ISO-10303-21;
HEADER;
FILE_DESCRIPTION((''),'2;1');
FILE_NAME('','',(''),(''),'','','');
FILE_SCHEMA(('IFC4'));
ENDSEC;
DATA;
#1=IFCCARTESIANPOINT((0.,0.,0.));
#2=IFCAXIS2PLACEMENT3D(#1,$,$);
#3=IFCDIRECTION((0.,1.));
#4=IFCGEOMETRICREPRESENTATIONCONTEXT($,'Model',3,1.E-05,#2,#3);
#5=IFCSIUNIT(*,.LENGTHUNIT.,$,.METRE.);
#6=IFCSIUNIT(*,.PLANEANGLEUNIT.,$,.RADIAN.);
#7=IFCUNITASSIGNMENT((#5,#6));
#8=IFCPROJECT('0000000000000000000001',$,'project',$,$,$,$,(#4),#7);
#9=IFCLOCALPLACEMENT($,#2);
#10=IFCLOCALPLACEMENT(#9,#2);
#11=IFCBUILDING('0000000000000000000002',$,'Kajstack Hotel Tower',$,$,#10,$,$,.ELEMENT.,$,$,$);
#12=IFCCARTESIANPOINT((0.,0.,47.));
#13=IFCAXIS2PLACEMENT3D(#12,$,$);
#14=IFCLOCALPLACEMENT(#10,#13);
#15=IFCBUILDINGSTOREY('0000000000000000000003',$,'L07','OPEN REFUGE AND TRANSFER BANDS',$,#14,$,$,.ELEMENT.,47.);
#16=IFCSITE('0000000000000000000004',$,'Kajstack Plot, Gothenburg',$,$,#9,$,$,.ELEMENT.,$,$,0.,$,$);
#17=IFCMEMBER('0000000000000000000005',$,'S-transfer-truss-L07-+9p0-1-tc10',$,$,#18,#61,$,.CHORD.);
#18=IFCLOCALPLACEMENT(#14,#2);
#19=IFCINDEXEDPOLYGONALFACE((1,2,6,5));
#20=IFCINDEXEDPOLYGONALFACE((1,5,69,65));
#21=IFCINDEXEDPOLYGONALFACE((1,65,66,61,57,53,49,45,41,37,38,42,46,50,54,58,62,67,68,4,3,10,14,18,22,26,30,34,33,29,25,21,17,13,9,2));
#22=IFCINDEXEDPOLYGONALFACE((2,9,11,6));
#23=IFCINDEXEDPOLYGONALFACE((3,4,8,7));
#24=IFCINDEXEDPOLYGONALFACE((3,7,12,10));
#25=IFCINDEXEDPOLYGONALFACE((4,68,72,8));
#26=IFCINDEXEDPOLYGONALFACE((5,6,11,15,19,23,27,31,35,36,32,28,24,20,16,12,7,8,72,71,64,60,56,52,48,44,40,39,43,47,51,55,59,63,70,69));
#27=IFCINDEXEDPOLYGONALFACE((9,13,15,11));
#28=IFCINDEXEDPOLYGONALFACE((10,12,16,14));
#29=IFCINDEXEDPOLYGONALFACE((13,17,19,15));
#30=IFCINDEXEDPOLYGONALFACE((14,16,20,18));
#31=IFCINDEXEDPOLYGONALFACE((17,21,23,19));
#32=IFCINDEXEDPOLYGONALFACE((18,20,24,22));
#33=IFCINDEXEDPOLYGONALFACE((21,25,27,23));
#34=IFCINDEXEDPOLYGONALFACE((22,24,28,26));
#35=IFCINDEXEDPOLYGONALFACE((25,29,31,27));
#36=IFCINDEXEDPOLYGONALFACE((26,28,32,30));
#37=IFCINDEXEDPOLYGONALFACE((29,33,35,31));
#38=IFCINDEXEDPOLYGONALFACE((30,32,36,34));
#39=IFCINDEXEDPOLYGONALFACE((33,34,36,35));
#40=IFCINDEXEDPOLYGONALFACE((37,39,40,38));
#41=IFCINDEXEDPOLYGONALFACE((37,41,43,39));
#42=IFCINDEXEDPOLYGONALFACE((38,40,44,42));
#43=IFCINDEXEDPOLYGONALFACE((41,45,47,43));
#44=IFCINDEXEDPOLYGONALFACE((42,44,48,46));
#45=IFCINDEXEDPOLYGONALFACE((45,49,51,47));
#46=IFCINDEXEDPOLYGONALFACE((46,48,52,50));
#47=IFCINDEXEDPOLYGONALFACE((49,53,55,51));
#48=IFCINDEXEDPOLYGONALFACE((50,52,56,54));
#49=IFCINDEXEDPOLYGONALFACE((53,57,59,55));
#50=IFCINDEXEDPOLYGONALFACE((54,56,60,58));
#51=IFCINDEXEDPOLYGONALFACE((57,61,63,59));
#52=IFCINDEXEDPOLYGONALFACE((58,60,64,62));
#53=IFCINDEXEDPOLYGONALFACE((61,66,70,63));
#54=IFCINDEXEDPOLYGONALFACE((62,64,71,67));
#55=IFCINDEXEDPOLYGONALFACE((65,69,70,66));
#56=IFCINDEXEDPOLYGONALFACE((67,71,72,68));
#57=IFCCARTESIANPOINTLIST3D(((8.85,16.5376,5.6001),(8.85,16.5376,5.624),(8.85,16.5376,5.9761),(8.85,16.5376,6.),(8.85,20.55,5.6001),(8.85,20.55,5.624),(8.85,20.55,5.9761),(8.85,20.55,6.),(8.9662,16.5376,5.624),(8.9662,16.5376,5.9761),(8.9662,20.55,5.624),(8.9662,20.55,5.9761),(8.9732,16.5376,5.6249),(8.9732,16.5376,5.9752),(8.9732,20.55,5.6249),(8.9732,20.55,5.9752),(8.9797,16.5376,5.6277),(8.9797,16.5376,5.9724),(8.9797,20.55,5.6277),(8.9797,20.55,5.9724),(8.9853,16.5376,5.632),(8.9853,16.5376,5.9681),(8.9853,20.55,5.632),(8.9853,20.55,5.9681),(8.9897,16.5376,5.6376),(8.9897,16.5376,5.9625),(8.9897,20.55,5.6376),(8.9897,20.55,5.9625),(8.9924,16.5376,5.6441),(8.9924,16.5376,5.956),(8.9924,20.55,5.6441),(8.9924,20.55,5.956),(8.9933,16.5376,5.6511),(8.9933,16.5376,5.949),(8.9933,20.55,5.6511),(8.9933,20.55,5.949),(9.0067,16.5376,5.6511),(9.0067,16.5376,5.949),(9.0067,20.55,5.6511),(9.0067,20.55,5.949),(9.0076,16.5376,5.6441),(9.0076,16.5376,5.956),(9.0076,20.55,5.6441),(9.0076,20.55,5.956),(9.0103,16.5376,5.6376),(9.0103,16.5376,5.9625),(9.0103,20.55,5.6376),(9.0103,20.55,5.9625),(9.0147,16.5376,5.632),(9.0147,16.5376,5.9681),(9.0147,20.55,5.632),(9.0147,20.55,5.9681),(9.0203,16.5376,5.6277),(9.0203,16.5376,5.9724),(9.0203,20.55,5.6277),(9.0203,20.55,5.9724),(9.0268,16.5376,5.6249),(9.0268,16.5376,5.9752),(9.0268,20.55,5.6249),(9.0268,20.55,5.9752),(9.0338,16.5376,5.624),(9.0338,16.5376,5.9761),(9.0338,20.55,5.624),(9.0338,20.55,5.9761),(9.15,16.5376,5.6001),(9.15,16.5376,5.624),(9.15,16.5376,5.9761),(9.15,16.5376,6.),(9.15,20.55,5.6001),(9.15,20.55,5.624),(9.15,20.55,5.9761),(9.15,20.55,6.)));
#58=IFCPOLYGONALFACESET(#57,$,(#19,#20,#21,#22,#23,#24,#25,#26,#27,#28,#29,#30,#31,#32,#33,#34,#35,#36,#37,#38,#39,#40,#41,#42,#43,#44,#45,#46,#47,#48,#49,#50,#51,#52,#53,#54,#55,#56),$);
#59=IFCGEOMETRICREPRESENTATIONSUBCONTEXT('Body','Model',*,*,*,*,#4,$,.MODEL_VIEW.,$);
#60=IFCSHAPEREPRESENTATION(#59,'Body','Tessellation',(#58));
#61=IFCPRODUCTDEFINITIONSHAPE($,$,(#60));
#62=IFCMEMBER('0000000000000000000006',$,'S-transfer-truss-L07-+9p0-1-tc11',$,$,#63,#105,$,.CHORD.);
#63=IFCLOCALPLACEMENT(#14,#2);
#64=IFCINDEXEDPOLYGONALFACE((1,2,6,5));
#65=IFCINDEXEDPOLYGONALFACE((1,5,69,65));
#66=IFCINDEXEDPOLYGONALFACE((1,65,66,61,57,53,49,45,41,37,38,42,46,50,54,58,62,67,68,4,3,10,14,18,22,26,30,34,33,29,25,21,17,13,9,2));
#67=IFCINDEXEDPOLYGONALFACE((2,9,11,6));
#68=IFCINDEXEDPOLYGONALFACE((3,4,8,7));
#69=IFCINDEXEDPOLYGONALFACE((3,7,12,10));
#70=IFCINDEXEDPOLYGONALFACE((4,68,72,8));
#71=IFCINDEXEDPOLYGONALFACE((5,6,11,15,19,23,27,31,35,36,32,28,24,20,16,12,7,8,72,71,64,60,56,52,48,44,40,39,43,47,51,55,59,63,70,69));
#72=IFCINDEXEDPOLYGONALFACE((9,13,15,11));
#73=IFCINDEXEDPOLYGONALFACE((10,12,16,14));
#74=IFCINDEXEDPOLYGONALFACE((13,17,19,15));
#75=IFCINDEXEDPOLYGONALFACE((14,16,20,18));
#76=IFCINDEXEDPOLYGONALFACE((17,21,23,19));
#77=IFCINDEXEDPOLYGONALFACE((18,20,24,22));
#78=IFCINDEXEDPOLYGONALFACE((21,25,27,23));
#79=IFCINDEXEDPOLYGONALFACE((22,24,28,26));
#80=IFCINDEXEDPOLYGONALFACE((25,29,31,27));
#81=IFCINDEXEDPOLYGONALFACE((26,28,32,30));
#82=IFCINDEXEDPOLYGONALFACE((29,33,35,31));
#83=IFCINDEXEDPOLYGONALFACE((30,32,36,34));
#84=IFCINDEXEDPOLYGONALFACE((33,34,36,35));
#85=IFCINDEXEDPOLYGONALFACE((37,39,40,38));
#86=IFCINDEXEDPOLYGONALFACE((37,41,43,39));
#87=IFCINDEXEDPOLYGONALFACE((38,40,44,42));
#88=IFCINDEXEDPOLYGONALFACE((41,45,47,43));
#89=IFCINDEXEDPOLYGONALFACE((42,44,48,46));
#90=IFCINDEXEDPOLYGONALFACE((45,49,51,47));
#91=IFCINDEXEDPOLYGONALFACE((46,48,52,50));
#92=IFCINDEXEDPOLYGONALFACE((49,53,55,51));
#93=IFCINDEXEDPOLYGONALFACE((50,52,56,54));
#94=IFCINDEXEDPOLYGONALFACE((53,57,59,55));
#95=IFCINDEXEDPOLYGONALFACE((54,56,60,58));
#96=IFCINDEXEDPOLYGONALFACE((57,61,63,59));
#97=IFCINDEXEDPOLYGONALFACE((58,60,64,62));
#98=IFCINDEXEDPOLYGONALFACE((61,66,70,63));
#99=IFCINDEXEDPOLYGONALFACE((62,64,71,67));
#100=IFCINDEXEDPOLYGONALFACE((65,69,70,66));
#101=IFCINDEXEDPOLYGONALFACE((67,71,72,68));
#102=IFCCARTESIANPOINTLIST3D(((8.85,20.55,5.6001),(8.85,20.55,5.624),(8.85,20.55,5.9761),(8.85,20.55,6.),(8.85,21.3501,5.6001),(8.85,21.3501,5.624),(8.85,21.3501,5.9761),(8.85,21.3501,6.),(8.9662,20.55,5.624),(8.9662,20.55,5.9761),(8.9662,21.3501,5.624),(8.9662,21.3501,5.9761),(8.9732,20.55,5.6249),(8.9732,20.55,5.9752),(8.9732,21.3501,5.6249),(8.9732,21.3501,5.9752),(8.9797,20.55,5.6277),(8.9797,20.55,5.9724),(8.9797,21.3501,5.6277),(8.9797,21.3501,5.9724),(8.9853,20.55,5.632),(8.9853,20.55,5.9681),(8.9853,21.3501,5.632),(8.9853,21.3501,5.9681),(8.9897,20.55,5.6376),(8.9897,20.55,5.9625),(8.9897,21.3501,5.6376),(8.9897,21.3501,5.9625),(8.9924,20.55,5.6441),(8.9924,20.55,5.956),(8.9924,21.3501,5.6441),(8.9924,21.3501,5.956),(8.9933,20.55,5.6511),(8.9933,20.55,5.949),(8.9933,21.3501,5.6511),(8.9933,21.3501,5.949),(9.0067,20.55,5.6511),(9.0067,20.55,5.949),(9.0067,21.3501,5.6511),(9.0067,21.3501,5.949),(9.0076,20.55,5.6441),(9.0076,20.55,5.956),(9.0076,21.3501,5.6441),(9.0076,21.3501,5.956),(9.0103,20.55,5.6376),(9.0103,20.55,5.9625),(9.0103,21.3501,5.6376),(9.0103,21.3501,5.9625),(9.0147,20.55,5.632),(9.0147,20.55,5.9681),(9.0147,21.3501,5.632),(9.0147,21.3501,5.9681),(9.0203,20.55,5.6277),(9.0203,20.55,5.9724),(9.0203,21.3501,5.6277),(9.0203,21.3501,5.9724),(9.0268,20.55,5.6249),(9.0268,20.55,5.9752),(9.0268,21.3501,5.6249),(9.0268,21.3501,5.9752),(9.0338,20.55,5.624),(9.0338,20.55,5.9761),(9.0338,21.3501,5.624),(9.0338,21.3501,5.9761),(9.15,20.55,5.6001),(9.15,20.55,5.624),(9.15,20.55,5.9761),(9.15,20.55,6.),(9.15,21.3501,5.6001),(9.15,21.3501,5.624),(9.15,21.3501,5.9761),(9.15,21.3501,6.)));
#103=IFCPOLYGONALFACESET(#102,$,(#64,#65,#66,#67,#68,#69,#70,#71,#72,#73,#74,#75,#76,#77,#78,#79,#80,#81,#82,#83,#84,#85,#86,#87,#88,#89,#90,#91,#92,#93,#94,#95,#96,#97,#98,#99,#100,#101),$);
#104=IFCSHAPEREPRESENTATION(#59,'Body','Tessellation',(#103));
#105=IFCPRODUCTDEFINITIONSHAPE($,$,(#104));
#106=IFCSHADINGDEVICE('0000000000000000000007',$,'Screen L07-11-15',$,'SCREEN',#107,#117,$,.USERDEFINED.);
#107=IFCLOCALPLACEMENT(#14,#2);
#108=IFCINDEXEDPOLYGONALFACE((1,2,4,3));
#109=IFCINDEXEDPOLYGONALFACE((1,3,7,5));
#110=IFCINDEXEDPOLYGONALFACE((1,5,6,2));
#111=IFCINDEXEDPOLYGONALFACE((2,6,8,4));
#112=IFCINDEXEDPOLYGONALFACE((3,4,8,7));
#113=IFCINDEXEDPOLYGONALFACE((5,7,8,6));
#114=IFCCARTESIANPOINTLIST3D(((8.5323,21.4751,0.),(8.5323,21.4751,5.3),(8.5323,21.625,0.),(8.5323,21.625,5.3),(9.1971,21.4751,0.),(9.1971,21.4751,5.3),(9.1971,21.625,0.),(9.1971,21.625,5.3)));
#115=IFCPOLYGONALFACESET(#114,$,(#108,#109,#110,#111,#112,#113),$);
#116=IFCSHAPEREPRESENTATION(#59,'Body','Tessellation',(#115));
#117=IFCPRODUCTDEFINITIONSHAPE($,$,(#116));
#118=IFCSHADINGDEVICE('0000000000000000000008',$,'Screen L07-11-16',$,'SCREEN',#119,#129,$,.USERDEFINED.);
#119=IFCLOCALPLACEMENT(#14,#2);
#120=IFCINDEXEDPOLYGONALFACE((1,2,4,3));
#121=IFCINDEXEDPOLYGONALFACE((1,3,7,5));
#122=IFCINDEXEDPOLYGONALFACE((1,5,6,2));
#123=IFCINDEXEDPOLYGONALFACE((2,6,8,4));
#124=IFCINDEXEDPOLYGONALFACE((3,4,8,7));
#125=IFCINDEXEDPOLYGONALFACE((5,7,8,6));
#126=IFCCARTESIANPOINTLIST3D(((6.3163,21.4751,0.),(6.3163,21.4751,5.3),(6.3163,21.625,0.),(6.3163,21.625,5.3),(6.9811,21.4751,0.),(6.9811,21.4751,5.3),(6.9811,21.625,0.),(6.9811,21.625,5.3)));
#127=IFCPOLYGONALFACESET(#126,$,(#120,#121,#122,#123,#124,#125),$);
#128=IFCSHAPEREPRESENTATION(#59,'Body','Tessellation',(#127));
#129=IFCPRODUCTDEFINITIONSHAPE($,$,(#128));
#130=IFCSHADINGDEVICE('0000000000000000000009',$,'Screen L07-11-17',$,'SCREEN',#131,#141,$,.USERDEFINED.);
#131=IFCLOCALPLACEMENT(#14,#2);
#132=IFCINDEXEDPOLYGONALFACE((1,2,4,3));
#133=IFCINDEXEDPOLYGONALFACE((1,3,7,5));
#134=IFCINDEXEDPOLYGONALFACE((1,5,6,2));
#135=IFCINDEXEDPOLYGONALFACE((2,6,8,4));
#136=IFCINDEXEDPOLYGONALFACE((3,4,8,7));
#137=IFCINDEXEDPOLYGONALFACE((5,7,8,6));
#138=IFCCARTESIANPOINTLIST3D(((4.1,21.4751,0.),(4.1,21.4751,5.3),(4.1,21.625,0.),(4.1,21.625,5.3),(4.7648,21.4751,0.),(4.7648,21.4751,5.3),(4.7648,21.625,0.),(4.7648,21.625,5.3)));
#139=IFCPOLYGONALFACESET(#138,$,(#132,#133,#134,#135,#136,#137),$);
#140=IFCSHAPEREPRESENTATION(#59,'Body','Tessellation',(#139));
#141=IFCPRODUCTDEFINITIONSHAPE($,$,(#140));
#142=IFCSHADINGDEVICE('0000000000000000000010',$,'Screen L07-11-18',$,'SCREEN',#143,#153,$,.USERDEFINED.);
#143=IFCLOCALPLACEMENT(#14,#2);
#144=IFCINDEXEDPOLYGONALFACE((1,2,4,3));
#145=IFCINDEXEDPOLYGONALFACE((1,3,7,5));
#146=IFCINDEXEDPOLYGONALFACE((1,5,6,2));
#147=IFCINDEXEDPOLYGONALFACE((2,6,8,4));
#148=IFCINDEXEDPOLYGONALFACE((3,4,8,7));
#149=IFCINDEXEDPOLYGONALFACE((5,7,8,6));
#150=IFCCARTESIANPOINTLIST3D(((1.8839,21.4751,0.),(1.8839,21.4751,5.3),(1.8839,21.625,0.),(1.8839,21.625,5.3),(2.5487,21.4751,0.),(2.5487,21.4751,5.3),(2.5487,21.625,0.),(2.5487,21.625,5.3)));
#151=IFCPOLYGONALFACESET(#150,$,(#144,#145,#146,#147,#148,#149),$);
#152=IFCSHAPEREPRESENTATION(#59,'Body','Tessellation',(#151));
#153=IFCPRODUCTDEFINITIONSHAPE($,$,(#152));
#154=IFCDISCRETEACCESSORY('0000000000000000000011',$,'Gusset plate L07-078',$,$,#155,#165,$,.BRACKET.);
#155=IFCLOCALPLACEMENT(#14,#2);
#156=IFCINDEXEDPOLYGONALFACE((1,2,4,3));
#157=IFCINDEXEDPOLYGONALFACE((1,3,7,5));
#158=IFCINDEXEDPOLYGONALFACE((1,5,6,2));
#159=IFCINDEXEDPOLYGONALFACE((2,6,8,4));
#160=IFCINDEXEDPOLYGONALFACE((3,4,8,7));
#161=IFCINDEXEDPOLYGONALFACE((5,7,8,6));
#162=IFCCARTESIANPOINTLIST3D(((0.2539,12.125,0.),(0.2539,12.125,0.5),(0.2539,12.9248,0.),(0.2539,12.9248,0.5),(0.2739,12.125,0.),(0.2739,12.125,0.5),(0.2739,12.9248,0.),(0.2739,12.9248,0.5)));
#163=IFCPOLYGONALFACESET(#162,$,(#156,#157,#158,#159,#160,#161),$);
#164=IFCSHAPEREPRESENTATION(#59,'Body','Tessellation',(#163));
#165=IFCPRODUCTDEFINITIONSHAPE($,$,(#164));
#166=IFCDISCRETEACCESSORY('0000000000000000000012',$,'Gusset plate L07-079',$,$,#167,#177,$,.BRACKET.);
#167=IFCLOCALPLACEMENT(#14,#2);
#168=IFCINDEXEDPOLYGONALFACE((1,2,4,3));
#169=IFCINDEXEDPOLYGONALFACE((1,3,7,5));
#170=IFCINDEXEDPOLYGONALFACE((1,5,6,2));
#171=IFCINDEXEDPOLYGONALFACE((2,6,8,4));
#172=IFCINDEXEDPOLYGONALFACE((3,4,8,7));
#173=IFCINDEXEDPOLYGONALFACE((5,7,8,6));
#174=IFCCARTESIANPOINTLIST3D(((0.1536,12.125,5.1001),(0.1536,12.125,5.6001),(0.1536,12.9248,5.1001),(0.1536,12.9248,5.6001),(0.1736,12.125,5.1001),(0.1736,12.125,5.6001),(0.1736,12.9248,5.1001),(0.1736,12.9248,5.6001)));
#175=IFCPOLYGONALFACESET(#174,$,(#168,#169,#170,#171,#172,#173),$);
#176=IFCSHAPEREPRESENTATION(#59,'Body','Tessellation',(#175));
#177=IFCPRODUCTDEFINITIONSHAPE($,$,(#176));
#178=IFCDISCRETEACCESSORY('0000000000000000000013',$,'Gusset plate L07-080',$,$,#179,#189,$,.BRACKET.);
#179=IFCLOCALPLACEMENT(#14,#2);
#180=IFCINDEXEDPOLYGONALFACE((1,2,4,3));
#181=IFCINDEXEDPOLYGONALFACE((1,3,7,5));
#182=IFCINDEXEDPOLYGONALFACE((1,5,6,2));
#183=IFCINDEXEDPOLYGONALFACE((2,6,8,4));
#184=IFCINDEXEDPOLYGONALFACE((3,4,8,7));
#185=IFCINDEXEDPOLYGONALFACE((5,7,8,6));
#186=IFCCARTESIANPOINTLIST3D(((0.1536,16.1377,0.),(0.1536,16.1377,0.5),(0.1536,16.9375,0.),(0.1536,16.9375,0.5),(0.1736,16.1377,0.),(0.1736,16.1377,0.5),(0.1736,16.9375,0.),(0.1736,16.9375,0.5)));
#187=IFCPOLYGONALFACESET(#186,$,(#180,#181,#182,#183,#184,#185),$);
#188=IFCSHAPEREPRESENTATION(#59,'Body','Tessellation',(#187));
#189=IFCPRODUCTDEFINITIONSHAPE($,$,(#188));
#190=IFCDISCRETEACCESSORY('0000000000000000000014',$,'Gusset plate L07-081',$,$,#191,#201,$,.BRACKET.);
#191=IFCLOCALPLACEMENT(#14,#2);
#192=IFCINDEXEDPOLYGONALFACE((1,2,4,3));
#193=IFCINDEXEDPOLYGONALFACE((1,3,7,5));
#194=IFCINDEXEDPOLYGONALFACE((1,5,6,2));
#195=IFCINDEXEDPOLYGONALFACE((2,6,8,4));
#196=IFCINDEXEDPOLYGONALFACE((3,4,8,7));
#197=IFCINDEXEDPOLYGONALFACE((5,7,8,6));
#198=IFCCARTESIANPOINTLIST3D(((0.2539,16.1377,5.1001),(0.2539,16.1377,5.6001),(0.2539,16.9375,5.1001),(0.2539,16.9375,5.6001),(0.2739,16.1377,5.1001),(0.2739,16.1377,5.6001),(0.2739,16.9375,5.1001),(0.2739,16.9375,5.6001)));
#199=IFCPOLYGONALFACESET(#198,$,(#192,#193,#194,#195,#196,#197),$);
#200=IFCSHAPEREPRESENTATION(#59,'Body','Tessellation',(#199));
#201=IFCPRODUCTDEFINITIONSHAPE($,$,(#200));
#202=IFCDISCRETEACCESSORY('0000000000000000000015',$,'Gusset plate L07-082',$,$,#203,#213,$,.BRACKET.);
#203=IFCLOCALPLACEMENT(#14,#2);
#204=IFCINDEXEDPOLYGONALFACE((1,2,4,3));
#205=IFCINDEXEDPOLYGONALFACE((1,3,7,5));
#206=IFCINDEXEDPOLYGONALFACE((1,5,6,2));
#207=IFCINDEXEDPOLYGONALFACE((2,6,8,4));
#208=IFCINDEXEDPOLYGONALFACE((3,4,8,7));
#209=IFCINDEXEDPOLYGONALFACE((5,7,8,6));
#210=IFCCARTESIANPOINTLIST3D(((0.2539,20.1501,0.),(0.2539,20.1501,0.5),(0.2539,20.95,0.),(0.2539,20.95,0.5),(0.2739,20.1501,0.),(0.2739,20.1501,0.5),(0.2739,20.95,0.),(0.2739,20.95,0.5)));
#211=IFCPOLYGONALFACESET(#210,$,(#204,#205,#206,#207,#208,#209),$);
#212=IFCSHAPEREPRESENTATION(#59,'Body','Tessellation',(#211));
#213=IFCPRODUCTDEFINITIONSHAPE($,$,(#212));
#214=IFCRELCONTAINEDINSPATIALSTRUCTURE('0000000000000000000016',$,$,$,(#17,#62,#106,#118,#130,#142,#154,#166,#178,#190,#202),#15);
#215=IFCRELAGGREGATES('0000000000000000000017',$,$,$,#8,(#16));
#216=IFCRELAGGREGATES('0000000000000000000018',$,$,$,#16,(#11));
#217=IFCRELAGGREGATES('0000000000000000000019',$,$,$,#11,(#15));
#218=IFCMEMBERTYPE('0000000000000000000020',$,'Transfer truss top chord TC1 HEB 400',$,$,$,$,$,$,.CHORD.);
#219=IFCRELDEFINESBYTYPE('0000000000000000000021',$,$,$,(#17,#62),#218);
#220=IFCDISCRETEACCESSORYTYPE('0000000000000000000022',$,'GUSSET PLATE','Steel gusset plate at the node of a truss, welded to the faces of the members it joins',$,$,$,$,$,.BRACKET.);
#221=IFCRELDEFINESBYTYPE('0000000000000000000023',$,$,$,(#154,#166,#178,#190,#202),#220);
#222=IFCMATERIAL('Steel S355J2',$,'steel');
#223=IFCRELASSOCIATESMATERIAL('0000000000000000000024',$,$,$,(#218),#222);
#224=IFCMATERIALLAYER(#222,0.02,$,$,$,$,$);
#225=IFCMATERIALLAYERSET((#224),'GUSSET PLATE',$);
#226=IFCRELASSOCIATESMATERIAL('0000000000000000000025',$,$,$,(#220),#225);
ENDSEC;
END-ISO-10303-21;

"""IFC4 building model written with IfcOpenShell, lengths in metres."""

from ifc_helpers import new_model, si_unit, direction, frame, origin, origin_2d, place, context, subcontext, project, spatial, polyline, rectangle, i_section, outline, extrude, material, layer, layer_set, material_profile, profile_set, type_object, element, save


model = new_model("IFC4")

# Units and contexts
model_context = context("Model", 3, precision=1e-05, world=origin(), true_north=direction((0.0, 1.0)))
body_context = subcontext(model_context, "Body", "Model", "MODEL_VIEW")
ifc_project = project(units=[si_unit("LENGTHUNIT", "METRE"), si_unit("PLANEANGLEUNIT", "RADIAN")], contexts=[model_context])

# Site, building, storey
site_placement = place(None, origin())
site = spatial("IfcSite", under=ifc_project, at=site_placement, Name="Kajstack Plot, Gothenburg", CompositionType="ELEMENT", RefElevation=0.0)
building_placement = place(site_placement, origin())
building = spatial("IfcBuilding", under=site, at=building_placement, Name="Kajstack Hotel Tower", CompositionType="ELEMENT")
storey_placement = place(building_placement, frame((0.0, 0.0, 47.0)))
storey = spatial("IfcBuildingStorey", under=building, at=storey_placement, Name="L07", Description="OPEN REFUGE AND TRANSFER BANDS", CompositionType="ELEMENT", Elevation=47.0)

# Members
ifc_material = material(Name="Steel S355J2", Category="steel")
ifc_material_profile_1 = material_profile(ifc_material, i_section(OverallWidth=0.3, OverallDepth=0.3999, WebThickness=0.0134, FlangeThickness=0.0239, FilletRadius=0.0271, at=origin_2d()), Name="HEB 400")
ifc_profile_set_1 = profile_set([ifc_material_profile_1], Name="Steel S355J2")
member_type_1 = type_object("IfcMemberType", Name="Transfer truss top chord TC1 HEB 400", PredefinedType="CHORD", material=ifc_profile_set_1)
member_1_placement = place(storey_placement, frame((9.0, 16.5376, 5.8), z_axis=(0.0, 1.0, 0.0), x_axis=(-1.0, 0.0, 0.0)))
element("IfcMember", 1, at=member_1_placement, inside=storey, type_object=member_type_1, Name="S-transfer-truss-L07-+9p0-1-tc10", PredefinedType="CHORD", context=body_context, shape_type="SweptSolid", body=[
    extrude(i_section(OverallWidth=0.3, OverallDepth=0.3999, WebThickness=0.0134, FlangeThickness=0.0239, FilletRadius=0.0271, at=origin_2d()), origin(), (0.0, 0.0, 1.0), 4.0125),
])
member_2_placement = place(storey_placement, frame((9.0, 20.55, 5.8), z_axis=(0.0, 1.0, 0.0), x_axis=(-1.0, 0.0, 0.0)))
element("IfcMember", 2, at=member_2_placement, inside=storey, type_object=member_type_1, Name="S-transfer-truss-L07-+9p0-1-tc11", PredefinedType="CHORD", context=body_context, shape_type="SweptSolid", body=[
    extrude(i_section(OverallWidth=0.3, OverallDepth=0.3999, WebThickness=0.0134, FlangeThickness=0.0239, FilletRadius=0.0271, at=origin_2d()), origin(), (0.0, 0.0, 1.0), 0.8),
])

# Shading devices
for number, where, z_axis, x_axis, name in (
    (3, (8.8647, 21.55, 0.0), (0.0, 0.0, 1.0), (-1.0, 0.0, 0.0), "Screen L07-11-15"),
    (4, (6.6487, 21.55, 0.0), (0.0, 0.0, 1.0), (-1.0, 0.0, 0.0), "Screen L07-11-16"),
    (5, (4.4324, 21.55, 0.0), (0.0, 0.0, 1.0), (-1.0, 0.0, 0.0), "Screen L07-11-17"),
    (6, (2.2163, 21.55, 0.0), (0.0, 0.0, 1.0), (-1.0, 0.0, 0.0), "Screen L07-11-18"),
):
    element("IfcShadingDevice", number, at=place(storey_placement, frame(where, z_axis=z_axis, x_axis=x_axis)), inside=storey, Name=name, ObjectType="SCREEN", PredefinedType="USERDEFINED", context=body_context, shape_type="SweptSolid", body=[
        extrude(rectangle(XDim=0.6648, YDim=0.1499, at=origin_2d()), origin(), (0.0, 0.0, 1.0), 5.3),
    ])

# Discrete accessories
ifc_layer = layer(ifc_material, 0.02)
ifc_layer_set = layer_set([ifc_layer], Name="GUSSET PLATE")
discrete_accessory_type = type_object("IfcDiscreteAccessoryType", Name="GUSSET PLATE", Description="Steel gusset plate at the node of a truss, welded to the faces of the members it joins", PredefinedType="BRACKET", material=ifc_layer_set)
for number, where, z_axis, x_axis, name in (
    (7, (0.2539, 12.5249, 0.0), (1.0, 0.0, 0.0), (0.0, 1.0, 0.0), "Gusset plate L07-078"),
    (8, (0.1536, 12.5249, 5.1001), (1.0, 0.0, 0.0), (0.0, 1.0, 0.0), "Gusset plate L07-079"),
    (9, (0.1536, 16.5376, 0.0), (1.0, 0.0, 0.0), (0.0, 1.0, 0.0), "Gusset plate L07-080"),
    (10, (0.2539, 16.5376, 5.1001), (1.0, 0.0, 0.0), (0.0, 1.0, 0.0), "Gusset plate L07-081"),
    (11, (0.2539, 20.55, 0.0), (1.0, 0.0, 0.0), (0.0, 1.0, 0.0), "Gusset plate L07-082"),
):
    element("IfcDiscreteAccessory", number, at=place(storey_placement, frame(where, z_axis=z_axis, x_axis=x_axis)), inside=storey, type_object=discrete_accessory_type, Name=name, PredefinedType="BRACKET", context=body_context, shape_type="SweptSolid", body=[
        extrude(outline(polyline([(-0.3999, 0.0), (0.3999, 0.0), (0.3999, 0.5), (-0.3999, 0.5), (-0.3999, 0.0)])), origin(), (0.0, 0.0, 1.0), 0.02),
    ])

save(model, "model.ifc")
